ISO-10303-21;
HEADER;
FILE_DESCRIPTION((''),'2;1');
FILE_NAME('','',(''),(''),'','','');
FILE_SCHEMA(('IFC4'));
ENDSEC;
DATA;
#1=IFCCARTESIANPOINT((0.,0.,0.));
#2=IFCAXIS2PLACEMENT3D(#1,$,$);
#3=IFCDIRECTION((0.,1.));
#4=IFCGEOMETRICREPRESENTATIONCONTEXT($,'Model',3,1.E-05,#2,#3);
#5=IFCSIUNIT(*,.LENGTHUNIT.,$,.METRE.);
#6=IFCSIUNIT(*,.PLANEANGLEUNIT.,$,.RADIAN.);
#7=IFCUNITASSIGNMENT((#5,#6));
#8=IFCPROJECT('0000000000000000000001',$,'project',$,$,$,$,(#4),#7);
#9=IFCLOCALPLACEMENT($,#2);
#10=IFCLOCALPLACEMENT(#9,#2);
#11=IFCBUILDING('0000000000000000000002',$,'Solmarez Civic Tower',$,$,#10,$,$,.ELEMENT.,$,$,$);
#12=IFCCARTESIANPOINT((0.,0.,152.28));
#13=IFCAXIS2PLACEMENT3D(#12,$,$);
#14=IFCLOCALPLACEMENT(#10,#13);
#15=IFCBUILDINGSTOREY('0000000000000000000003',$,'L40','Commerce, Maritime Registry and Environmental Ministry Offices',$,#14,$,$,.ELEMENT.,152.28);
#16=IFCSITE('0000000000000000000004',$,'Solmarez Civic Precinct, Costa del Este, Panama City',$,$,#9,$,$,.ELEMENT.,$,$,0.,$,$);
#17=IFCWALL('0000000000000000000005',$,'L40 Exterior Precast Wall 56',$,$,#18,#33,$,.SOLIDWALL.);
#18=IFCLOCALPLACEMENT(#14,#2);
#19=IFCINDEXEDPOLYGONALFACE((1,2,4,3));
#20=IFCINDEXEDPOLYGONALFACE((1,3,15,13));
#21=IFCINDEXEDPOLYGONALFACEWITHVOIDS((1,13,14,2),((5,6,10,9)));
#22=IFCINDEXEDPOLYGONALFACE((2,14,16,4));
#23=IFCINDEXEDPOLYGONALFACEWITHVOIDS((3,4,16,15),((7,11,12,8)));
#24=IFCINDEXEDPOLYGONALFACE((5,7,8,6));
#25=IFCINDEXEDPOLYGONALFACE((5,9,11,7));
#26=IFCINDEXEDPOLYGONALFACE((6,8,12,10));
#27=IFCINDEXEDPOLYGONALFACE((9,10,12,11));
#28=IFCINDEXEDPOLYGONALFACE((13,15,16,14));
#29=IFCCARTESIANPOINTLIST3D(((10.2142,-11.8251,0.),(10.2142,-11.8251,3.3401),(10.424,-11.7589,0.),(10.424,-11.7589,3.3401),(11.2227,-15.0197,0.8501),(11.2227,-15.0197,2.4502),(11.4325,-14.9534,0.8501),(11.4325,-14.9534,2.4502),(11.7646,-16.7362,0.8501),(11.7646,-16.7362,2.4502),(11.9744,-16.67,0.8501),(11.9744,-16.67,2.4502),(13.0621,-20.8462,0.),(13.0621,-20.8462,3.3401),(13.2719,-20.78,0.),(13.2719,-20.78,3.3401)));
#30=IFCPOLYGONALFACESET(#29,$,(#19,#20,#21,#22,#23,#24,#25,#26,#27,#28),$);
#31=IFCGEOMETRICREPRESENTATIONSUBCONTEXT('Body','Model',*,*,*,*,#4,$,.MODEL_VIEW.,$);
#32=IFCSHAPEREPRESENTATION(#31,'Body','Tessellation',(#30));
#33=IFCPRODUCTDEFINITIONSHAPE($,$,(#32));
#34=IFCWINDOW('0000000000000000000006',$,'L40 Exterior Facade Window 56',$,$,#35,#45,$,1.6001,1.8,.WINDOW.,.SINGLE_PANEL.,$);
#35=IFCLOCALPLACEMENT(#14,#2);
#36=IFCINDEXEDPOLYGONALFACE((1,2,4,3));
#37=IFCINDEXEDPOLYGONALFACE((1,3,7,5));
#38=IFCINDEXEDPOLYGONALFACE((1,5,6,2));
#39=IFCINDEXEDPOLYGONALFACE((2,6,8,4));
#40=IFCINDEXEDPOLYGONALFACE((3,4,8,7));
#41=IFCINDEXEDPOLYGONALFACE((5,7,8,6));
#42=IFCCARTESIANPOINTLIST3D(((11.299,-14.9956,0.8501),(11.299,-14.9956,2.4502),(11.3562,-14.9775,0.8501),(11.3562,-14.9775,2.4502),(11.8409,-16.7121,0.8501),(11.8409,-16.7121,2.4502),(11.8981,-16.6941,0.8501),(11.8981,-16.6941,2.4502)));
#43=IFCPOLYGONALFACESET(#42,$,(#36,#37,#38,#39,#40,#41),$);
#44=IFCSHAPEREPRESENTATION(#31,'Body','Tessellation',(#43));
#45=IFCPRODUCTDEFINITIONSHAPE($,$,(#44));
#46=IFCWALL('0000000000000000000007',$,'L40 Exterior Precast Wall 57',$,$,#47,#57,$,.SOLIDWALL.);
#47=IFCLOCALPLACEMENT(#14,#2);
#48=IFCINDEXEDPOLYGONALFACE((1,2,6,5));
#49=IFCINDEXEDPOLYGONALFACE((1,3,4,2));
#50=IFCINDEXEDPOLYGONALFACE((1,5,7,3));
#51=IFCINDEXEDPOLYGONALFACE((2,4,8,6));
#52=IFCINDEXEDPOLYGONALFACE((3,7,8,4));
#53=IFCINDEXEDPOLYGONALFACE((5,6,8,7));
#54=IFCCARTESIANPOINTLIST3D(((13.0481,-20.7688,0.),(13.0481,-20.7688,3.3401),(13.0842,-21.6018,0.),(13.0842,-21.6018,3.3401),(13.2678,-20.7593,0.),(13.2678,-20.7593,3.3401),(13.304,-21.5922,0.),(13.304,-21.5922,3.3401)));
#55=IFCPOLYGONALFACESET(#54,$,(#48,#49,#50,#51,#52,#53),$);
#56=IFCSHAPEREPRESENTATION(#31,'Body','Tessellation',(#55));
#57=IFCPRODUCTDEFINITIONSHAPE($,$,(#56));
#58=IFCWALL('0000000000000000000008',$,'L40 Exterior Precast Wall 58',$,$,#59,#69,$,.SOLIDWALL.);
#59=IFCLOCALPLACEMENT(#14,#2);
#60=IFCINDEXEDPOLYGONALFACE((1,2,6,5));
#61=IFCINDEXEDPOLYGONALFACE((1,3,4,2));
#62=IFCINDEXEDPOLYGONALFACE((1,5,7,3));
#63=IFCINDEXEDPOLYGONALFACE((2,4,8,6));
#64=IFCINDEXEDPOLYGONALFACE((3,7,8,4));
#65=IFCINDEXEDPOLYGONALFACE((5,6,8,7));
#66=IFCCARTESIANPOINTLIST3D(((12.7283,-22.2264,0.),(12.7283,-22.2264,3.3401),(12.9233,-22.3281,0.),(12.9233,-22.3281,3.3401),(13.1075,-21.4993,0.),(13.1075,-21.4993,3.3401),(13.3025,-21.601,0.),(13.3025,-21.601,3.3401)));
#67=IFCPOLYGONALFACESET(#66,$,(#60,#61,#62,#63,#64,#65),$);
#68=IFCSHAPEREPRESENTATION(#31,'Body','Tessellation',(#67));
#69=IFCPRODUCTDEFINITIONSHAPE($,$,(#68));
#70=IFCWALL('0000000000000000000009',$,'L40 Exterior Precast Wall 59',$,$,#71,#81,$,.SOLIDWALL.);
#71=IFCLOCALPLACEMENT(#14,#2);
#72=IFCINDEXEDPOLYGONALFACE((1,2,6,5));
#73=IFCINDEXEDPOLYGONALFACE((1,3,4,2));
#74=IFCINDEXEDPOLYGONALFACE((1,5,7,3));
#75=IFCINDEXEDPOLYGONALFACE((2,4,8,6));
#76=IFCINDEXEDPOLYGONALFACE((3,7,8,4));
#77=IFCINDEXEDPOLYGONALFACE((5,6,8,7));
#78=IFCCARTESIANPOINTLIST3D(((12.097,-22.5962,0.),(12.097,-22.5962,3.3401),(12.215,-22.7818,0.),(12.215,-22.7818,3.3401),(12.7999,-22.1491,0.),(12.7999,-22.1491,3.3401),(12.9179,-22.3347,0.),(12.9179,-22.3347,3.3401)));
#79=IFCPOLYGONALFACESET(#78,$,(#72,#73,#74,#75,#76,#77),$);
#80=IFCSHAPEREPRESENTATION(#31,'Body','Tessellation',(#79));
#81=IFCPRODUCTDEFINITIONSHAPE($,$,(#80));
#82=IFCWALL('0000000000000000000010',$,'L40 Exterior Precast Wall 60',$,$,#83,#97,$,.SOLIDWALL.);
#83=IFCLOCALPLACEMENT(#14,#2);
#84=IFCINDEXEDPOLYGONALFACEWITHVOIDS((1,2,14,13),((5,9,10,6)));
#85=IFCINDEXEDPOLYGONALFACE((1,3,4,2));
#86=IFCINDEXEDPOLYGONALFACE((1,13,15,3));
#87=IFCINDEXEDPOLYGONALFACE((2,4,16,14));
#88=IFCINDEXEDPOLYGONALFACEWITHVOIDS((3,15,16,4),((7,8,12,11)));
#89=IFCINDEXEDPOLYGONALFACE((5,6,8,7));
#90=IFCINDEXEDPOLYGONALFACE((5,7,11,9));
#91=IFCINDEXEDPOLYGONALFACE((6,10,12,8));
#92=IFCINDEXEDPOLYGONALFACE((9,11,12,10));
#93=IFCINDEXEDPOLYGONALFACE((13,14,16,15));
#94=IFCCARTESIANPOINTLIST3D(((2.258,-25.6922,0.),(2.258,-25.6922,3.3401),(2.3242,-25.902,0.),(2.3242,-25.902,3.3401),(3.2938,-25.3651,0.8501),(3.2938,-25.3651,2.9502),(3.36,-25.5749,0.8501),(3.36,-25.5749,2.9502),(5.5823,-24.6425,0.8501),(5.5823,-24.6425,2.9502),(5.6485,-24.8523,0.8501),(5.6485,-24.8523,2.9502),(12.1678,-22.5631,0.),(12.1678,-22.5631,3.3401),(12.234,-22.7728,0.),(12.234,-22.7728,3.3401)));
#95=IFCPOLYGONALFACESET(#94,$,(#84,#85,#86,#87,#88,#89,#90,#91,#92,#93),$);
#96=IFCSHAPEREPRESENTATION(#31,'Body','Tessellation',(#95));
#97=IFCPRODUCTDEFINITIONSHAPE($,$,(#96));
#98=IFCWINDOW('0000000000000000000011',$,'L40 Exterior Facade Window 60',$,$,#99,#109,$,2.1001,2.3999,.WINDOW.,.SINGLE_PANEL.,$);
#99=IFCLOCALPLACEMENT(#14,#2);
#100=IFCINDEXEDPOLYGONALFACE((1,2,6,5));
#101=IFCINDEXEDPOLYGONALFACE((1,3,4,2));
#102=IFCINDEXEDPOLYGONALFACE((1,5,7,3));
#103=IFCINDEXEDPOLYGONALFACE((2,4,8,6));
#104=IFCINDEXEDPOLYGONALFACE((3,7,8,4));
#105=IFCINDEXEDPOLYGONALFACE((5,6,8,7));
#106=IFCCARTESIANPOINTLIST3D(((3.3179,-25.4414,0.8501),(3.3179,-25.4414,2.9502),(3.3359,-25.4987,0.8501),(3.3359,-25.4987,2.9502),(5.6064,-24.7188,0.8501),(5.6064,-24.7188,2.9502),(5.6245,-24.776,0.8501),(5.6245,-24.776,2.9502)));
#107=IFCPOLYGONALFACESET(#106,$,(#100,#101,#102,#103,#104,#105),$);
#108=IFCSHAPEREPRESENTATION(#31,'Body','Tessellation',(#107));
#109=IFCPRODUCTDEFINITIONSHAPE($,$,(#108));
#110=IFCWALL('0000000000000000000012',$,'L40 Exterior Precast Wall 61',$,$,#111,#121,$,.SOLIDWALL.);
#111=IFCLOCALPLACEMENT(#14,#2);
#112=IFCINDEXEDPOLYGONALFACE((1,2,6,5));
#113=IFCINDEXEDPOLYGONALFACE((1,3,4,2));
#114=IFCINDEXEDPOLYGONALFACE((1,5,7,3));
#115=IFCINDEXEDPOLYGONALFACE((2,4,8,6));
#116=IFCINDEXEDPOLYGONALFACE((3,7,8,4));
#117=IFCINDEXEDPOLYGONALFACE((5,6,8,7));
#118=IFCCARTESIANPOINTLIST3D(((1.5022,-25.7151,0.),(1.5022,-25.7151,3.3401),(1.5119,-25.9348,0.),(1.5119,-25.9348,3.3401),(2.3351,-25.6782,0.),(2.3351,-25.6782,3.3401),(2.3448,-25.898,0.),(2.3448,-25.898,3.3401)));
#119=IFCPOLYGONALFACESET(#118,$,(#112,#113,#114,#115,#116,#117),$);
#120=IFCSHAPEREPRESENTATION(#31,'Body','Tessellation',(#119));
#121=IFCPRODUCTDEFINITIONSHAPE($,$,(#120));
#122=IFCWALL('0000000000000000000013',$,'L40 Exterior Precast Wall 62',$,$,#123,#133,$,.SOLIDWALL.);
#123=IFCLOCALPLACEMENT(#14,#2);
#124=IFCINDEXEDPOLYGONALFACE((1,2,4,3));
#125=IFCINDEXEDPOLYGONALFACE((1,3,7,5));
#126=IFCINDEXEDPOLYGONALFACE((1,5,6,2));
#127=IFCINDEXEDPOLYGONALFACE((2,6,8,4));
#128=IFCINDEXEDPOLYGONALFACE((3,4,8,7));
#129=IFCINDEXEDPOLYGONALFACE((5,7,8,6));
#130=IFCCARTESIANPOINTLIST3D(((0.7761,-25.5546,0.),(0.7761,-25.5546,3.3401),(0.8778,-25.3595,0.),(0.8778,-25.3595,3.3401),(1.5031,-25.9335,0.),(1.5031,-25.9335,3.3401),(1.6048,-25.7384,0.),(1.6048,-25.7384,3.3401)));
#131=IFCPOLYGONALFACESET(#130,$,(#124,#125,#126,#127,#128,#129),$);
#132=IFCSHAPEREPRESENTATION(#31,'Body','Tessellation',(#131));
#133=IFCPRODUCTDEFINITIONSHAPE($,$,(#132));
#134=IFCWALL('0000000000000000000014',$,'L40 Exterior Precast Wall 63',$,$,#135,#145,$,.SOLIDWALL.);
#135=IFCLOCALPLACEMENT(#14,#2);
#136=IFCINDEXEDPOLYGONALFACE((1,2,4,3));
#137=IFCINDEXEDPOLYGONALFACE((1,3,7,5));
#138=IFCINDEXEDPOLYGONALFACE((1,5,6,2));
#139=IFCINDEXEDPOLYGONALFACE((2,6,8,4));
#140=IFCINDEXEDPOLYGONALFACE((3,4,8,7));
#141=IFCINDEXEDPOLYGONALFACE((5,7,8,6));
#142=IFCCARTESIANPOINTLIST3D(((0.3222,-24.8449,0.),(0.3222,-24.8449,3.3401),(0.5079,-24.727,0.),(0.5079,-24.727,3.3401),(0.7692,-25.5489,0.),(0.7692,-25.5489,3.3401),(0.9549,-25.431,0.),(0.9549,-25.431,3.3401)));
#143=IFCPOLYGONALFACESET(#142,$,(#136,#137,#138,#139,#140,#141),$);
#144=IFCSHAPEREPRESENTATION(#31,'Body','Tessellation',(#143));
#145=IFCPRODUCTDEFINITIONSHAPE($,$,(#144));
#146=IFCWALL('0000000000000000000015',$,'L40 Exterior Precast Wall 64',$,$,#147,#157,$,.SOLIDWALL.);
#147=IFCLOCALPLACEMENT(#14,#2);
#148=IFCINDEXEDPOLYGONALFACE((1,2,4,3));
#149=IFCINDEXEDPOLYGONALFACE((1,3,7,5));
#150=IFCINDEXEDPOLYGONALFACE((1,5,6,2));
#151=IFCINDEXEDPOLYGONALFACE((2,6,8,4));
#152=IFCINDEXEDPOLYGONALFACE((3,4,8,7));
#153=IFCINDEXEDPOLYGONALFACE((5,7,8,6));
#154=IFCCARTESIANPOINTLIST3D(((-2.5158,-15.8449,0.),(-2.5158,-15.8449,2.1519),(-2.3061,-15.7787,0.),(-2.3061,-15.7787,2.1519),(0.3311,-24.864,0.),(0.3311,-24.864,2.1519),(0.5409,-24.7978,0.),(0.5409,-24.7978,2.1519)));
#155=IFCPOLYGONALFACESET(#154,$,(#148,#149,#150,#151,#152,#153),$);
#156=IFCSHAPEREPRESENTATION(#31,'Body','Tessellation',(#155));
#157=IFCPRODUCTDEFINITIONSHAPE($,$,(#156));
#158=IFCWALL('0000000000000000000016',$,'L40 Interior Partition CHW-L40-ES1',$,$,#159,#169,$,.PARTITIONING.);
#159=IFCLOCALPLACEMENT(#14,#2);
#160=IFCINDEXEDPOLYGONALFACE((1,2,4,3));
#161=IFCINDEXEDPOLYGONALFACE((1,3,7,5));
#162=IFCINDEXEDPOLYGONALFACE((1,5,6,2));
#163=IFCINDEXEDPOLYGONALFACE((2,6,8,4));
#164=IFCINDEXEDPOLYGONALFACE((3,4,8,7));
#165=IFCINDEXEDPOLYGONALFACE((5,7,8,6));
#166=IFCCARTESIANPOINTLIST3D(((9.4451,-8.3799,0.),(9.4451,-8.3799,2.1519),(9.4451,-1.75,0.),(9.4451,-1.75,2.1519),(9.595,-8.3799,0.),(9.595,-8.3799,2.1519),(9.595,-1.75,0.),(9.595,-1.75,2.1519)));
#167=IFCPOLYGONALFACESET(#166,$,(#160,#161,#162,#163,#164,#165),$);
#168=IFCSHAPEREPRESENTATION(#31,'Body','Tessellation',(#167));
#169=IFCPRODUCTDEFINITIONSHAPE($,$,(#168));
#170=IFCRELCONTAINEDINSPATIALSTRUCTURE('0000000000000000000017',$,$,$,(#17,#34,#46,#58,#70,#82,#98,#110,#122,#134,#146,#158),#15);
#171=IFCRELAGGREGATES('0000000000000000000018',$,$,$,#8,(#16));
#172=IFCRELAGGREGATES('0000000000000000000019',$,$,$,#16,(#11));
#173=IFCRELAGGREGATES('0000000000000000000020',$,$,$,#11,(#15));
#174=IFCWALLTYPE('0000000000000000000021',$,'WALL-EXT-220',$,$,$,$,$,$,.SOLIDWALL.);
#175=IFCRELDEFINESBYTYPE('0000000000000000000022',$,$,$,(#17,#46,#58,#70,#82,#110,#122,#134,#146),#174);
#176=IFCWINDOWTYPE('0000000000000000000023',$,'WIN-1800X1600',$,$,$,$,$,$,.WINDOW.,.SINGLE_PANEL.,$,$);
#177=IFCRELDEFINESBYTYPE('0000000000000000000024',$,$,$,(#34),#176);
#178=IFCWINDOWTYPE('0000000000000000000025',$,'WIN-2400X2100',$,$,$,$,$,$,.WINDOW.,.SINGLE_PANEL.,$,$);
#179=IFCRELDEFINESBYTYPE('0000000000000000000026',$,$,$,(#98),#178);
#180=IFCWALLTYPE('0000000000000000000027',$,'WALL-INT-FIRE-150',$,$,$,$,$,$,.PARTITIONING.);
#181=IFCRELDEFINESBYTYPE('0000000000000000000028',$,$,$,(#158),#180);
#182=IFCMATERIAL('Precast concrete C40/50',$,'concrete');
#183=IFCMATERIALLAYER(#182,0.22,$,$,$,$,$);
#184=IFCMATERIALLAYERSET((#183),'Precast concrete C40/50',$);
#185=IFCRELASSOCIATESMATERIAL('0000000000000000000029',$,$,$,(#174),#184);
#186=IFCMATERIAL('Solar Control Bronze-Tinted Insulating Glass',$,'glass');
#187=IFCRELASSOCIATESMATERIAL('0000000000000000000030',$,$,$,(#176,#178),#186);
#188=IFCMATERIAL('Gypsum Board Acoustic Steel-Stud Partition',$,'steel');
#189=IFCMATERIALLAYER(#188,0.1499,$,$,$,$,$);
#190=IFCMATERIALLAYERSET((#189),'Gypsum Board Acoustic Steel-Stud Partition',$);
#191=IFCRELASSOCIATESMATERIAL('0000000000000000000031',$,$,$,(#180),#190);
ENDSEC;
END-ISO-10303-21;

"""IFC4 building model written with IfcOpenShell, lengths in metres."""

from ifc_helpers import new_model, si_unit, direction, frame, frame_2d, origin, place, context, subcontext, project, spatial, rectangle, extrude, material, layer, layer_set, type_object, element, fill, save


model = new_model("IFC4")

# Units and contexts
model_context = context("Model", 3, precision=1e-05, world=origin(), true_north=direction((0.0, 1.0)))
body_context = subcontext(model_context, "Body", "Model", "MODEL_VIEW")
ifc_project = project(units=[si_unit("LENGTHUNIT", "METRE"), si_unit("PLANEANGLEUNIT", "RADIAN")], contexts=[model_context])

# Site, building, storey
site_placement = place(None, origin())
site = spatial("IfcSite", under=ifc_project, at=site_placement, Name="Solmarez Civic Precinct, Costa del Este, Panama City", CompositionType="ELEMENT", RefElevation=0.0)
building_placement = place(site_placement, origin())
building = spatial("IfcBuilding", under=site, at=building_placement, Name="Solmarez Civic Tower", CompositionType="ELEMENT")
storey_placement = place(building_placement, frame((0.0, 0.0, 152.28)))
storey = spatial("IfcBuildingStorey", under=building, at=storey_placement, Name="L40", Description="Commerce, Maritime Registry and Environmental Ministry Offices", CompositionType="ELEMENT", Elevation=152.28)

# Shared definitions
ifc_material_1 = material(Name="Precast concrete C40/50", Category="concrete")
ifc_layer_1 = layer(ifc_material_1, 0.22)
ifc_layer_set_1 = layer_set([ifc_layer_1], Name="Precast concrete C40/50")
wall_type_1 = type_object("IfcWallType", Name="WALL-EXT-220", PredefinedType="SOLIDWALL", material=ifc_layer_set_1)

# Wall, opening, window
wall_1_placement = place(storey_placement, frame((10.3191, -11.792, 0.0), z_axis=(0.0, 0.0, 1.0), x_axis=(0.301051, -0.953608, 0.0)))
wall_1 = element("IfcWall", 1, at=wall_1_placement, inside=storey, type_object=wall_type_1, Name="L40 Exterior Precast Wall 56", PredefinedType="SOLIDWALL", context=body_context, shape_type="SweptSolid", body=[
    extrude(rectangle(XDim=9.46, YDim=0.22, at=frame_2d((4.73, 0.0))), origin(), (0.0, 0.0, 1.0), 3.3401),
])
opening_1_placement = place(wall_1_placement, frame((3.3501, 0.0, 0.8501)))
opening_1 = element("IfcOpeningElement", 2, at=opening_1_placement, cuts=wall_1, PredefinedType="OPENING", context=body_context, shape_type="SweptSolid", body=[
    extrude(rectangle(XDim=1.8, YDim=1.6001, at=frame_2d((0.8999, 0.8))), frame((0.0, 0.1199, 0.0), z_axis=(0.0, -1.0, 0.0), x_axis=(1.0, 0.0, 0.0)), (0.0, 0.0, 1.0), 0.24),
])
ifc_material_2 = material(Name="Solar Control Bronze-Tinted Insulating Glass", Category="glass")
window_type_1 = type_object("IfcWindowType", Name="WIN-1800X1600", PartitioningType="SINGLE_PANEL", PredefinedType="WINDOW", material=ifc_material_2)
window_1_placement = place(opening_1_placement, origin())
window_1 = element("IfcWindow", 3, at=window_1_placement, inside=storey, type_object=window_type_1, Name="L40 Exterior Facade Window 56", OverallHeight=1.6001, OverallWidth=1.8, PartitioningType="SINGLE_PANEL", PredefinedType="WINDOW", context=body_context, shape_type="SweptSolid", body=[
    extrude(rectangle(XDim=1.8, YDim=1.6001, at=frame_2d((0.8999, 0.8))), frame((0.0, 0.03, 0.0), z_axis=(0.0, -1.0, 0.0), x_axis=(1.0, 0.0, 0.0)), (0.0, 0.0, 1.0), 0.0601),
])
fill(opening_1, window_1)

# Walls
wall_2_placement = place(storey_placement, frame((13.158, -20.7639, 0.0), z_axis=(0.0, 0.0, 1.0), x_axis=(0.043336, -0.999061, 0.0)))
element("IfcWall", 4, at=wall_2_placement, inside=storey, type_object=wall_type_1, Name="L40 Exterior Precast Wall 57", PredefinedType="SOLIDWALL", context=body_context, shape_type="SweptSolid", body=[
    extrude(rectangle(XDim=0.8337, YDim=0.22, at=frame_2d((0.417, 0.0))), origin(), (0.0, 0.0, 1.0), 3.3401),
])
wall_3_placement = place(storey_placement, frame((13.2051, -21.55, 0.0), z_axis=(0.0, 0.0, 1.0), x_axis=(-0.462393, -0.886675, 0.0)))
element("IfcWall", 5, at=wall_3_placement, inside=storey, type_object=wall_type_1, Name="L40 Exterior Precast Wall 58", PredefinedType="SOLIDWALL", context=body_context, shape_type="SweptSolid", body=[
    extrude(rectangle(XDim=0.8201, YDim=0.22, at=frame_2d((0.4102, 0.0))), origin(), (0.0, 0.0, 1.0), 3.3401),
])
wall_4_placement = place(storey_placement, frame((12.8589, -22.2419, 0.0), z_axis=(0.0, 0.0, 1.0), x_axis=(-0.843806, -0.536648, 0.0)))
element("IfcWall", 6, at=wall_4_placement, inside=storey, type_object=wall_type_1, Name="L40 Exterior Precast Wall 59", PredefinedType="SOLIDWALL", context=body_context, shape_type="SweptSolid", body=[
    extrude(rectangle(XDim=0.833, YDim=0.22, at=frame_2d((0.4165, 0.0))), origin(), (0.0, 0.0, 1.0), 3.3401),
])

# Wall, opening, window
wall_5_placement = place(storey_placement, frame((12.2009, -22.668, 0.0), z_axis=(0.0, 0.0, 1.0), x_axis=(-0.953591, -0.301106, 0.0)))
wall_5 = element("IfcWall", 7, at=wall_5_placement, inside=storey, type_object=wall_type_1, Name="L40 Exterior Precast Wall 60", PredefinedType="SOLIDWALL", context=body_context, shape_type="SweptSolid", body=[
    extrude(rectangle(XDim=10.3921, YDim=0.22, at=frame_2d((5.196, 0.0))), origin(), (0.0, 0.0, 1.0), 3.3401),
])
opening_2_placement = place(wall_5_placement, frame((6.906, 0.0, 0.8501)))
opening_2 = element("IfcOpeningElement", 8, at=opening_2_placement, cuts=wall_5, PredefinedType="OPENING", context=body_context, shape_type="SweptSolid", body=[
    extrude(rectangle(XDim=2.3999, YDim=2.1001, at=frame_2d((1.2, 1.05))), frame((0.0, 0.1199, 0.0), z_axis=(0.0, -1.0, 0.0), x_axis=(1.0, 0.0, 0.0)), (0.0, 0.0, 1.0), 0.24),
])
window_type_2 = type_object("IfcWindowType", Name="WIN-2400X2100", PartitioningType="SINGLE_PANEL", PredefinedType="WINDOW", material=ifc_material_2)
window_2_placement = place(opening_2_placement, origin())
window_2 = element("IfcWindow", 9, at=window_2_placement, inside=storey, type_object=window_type_2, Name="L40 Exterior Facade Window 60", OverallHeight=2.1001, OverallWidth=2.3999, PartitioningType="SINGLE_PANEL", PredefinedType="WINDOW", context=body_context, shape_type="SweptSolid", body=[
    extrude(rectangle(XDim=2.3999, YDim=2.1001, at=frame_2d((1.2, 1.05))), frame((0.0, 0.03, 0.0), z_axis=(0.0, -1.0, 0.0), x_axis=(1.0, 0.0, 0.0)), (0.0, 0.0, 1.0), 0.0601),
])
fill(opening_2, window_2)

# Walls
wall_6_placement = place(storey_placement, frame((2.3401, -25.7881, 0.0), z_axis=(0.0, 0.0, 1.0), x_axis=(-0.999022, -0.044212, 0.0)))
element("IfcWall", 10, at=wall_6_placement, inside=storey, type_object=wall_type_1, Name="L40 Exterior Precast Wall 61", PredefinedType="SOLIDWALL", context=body_context, shape_type="SweptSolid", body=[
    extrude(rectangle(XDim=0.8337, YDim=0.22, at=frame_2d((0.417, 0.0))), origin(), (0.0, 0.0, 1.0), 3.3401),
])
wall_7_placement = place(storey_placement, frame((1.554, -25.8359, 0.0), z_axis=(0.0, 0.0, 1.0), x_axis=(-0.886797, 0.462159, 0.0)))
element("IfcWall", 11, at=wall_7_placement, inside=storey, type_object=wall_type_1, Name="L40 Exterior Precast Wall 62", PredefinedType="SOLIDWALL", context=body_context, shape_type="SweptSolid", body=[
    extrude(rectangle(XDim=0.8198, YDim=0.22, at=frame_2d((0.4099, 0.0))), origin(), (0.0, 0.0, 1.0), 3.3401),
])
wall_8_placement = place(storey_placement, frame((0.8621, -25.49, 0.0), z_axis=(0.0, 0.0, 1.0), x_axis=(-0.535985, 0.844228, 0.0)))
element("IfcWall", 12, at=wall_8_placement, inside=storey, type_object=wall_type_1, Name="L40 Exterior Precast Wall 63", PredefinedType="SOLIDWALL", context=body_context, shape_type="SweptSolid", body=[
    extrude(rectangle(XDim=0.834, YDim=0.22, at=frame_2d((0.417, 0.0))), origin(), (0.0, 0.0, 1.0), 3.3401),
])
wall_9_placement = place(storey_placement, frame((0.436, -24.8311, 0.0), z_axis=(0.0, 0.0, 1.0), x_axis=(-0.301016, 0.953619, 0.0)))
element("IfcWall", 13, at=wall_9_placement, inside=storey, type_object=wall_type_1, Name="L40 Exterior Precast Wall 64", PredefinedType="SOLIDWALL", context=body_context, shape_type="SweptSolid", body=[
    extrude(rectangle(XDim=9.4578, YDim=0.22, at=frame_2d((4.729, 0.0))), origin(), (0.0, 0.0, 1.0), 2.1519),
])
ifc_material_3 = material(Name="Gypsum Board Acoustic Steel-Stud Partition", Category="steel")
ifc_layer_2 = layer(ifc_material_3, 0.1499)
ifc_layer_set_2 = layer_set([ifc_layer_2], Name="Gypsum Board Acoustic Steel-Stud Partition")
wall_type_2 = type_object("IfcWallType", Name="WALL-INT-FIRE-150", PredefinedType="PARTITIONING", material=ifc_layer_set_2)
wall_10_placement = place(storey_placement, frame((9.52, -8.3799, 0.0), z_axis=(0.0, 0.0, 1.0), x_axis=(0.0, 1.0, 0.0)))
element("IfcWall", 14, at=wall_10_placement, inside=storey, type_object=wall_type_2, Name="L40 Interior Partition CHW-L40-ES1", PredefinedType="PARTITIONING", context=body_context, shape_type="SweptSolid", body=[
    extrude(rectangle(XDim=6.6299, YDim=0.1499, at=frame_2d((3.3149, 0.0))), origin(), (0.0, 0.0, 1.0), 2.1519),
])

save(model, "model.ifc")
